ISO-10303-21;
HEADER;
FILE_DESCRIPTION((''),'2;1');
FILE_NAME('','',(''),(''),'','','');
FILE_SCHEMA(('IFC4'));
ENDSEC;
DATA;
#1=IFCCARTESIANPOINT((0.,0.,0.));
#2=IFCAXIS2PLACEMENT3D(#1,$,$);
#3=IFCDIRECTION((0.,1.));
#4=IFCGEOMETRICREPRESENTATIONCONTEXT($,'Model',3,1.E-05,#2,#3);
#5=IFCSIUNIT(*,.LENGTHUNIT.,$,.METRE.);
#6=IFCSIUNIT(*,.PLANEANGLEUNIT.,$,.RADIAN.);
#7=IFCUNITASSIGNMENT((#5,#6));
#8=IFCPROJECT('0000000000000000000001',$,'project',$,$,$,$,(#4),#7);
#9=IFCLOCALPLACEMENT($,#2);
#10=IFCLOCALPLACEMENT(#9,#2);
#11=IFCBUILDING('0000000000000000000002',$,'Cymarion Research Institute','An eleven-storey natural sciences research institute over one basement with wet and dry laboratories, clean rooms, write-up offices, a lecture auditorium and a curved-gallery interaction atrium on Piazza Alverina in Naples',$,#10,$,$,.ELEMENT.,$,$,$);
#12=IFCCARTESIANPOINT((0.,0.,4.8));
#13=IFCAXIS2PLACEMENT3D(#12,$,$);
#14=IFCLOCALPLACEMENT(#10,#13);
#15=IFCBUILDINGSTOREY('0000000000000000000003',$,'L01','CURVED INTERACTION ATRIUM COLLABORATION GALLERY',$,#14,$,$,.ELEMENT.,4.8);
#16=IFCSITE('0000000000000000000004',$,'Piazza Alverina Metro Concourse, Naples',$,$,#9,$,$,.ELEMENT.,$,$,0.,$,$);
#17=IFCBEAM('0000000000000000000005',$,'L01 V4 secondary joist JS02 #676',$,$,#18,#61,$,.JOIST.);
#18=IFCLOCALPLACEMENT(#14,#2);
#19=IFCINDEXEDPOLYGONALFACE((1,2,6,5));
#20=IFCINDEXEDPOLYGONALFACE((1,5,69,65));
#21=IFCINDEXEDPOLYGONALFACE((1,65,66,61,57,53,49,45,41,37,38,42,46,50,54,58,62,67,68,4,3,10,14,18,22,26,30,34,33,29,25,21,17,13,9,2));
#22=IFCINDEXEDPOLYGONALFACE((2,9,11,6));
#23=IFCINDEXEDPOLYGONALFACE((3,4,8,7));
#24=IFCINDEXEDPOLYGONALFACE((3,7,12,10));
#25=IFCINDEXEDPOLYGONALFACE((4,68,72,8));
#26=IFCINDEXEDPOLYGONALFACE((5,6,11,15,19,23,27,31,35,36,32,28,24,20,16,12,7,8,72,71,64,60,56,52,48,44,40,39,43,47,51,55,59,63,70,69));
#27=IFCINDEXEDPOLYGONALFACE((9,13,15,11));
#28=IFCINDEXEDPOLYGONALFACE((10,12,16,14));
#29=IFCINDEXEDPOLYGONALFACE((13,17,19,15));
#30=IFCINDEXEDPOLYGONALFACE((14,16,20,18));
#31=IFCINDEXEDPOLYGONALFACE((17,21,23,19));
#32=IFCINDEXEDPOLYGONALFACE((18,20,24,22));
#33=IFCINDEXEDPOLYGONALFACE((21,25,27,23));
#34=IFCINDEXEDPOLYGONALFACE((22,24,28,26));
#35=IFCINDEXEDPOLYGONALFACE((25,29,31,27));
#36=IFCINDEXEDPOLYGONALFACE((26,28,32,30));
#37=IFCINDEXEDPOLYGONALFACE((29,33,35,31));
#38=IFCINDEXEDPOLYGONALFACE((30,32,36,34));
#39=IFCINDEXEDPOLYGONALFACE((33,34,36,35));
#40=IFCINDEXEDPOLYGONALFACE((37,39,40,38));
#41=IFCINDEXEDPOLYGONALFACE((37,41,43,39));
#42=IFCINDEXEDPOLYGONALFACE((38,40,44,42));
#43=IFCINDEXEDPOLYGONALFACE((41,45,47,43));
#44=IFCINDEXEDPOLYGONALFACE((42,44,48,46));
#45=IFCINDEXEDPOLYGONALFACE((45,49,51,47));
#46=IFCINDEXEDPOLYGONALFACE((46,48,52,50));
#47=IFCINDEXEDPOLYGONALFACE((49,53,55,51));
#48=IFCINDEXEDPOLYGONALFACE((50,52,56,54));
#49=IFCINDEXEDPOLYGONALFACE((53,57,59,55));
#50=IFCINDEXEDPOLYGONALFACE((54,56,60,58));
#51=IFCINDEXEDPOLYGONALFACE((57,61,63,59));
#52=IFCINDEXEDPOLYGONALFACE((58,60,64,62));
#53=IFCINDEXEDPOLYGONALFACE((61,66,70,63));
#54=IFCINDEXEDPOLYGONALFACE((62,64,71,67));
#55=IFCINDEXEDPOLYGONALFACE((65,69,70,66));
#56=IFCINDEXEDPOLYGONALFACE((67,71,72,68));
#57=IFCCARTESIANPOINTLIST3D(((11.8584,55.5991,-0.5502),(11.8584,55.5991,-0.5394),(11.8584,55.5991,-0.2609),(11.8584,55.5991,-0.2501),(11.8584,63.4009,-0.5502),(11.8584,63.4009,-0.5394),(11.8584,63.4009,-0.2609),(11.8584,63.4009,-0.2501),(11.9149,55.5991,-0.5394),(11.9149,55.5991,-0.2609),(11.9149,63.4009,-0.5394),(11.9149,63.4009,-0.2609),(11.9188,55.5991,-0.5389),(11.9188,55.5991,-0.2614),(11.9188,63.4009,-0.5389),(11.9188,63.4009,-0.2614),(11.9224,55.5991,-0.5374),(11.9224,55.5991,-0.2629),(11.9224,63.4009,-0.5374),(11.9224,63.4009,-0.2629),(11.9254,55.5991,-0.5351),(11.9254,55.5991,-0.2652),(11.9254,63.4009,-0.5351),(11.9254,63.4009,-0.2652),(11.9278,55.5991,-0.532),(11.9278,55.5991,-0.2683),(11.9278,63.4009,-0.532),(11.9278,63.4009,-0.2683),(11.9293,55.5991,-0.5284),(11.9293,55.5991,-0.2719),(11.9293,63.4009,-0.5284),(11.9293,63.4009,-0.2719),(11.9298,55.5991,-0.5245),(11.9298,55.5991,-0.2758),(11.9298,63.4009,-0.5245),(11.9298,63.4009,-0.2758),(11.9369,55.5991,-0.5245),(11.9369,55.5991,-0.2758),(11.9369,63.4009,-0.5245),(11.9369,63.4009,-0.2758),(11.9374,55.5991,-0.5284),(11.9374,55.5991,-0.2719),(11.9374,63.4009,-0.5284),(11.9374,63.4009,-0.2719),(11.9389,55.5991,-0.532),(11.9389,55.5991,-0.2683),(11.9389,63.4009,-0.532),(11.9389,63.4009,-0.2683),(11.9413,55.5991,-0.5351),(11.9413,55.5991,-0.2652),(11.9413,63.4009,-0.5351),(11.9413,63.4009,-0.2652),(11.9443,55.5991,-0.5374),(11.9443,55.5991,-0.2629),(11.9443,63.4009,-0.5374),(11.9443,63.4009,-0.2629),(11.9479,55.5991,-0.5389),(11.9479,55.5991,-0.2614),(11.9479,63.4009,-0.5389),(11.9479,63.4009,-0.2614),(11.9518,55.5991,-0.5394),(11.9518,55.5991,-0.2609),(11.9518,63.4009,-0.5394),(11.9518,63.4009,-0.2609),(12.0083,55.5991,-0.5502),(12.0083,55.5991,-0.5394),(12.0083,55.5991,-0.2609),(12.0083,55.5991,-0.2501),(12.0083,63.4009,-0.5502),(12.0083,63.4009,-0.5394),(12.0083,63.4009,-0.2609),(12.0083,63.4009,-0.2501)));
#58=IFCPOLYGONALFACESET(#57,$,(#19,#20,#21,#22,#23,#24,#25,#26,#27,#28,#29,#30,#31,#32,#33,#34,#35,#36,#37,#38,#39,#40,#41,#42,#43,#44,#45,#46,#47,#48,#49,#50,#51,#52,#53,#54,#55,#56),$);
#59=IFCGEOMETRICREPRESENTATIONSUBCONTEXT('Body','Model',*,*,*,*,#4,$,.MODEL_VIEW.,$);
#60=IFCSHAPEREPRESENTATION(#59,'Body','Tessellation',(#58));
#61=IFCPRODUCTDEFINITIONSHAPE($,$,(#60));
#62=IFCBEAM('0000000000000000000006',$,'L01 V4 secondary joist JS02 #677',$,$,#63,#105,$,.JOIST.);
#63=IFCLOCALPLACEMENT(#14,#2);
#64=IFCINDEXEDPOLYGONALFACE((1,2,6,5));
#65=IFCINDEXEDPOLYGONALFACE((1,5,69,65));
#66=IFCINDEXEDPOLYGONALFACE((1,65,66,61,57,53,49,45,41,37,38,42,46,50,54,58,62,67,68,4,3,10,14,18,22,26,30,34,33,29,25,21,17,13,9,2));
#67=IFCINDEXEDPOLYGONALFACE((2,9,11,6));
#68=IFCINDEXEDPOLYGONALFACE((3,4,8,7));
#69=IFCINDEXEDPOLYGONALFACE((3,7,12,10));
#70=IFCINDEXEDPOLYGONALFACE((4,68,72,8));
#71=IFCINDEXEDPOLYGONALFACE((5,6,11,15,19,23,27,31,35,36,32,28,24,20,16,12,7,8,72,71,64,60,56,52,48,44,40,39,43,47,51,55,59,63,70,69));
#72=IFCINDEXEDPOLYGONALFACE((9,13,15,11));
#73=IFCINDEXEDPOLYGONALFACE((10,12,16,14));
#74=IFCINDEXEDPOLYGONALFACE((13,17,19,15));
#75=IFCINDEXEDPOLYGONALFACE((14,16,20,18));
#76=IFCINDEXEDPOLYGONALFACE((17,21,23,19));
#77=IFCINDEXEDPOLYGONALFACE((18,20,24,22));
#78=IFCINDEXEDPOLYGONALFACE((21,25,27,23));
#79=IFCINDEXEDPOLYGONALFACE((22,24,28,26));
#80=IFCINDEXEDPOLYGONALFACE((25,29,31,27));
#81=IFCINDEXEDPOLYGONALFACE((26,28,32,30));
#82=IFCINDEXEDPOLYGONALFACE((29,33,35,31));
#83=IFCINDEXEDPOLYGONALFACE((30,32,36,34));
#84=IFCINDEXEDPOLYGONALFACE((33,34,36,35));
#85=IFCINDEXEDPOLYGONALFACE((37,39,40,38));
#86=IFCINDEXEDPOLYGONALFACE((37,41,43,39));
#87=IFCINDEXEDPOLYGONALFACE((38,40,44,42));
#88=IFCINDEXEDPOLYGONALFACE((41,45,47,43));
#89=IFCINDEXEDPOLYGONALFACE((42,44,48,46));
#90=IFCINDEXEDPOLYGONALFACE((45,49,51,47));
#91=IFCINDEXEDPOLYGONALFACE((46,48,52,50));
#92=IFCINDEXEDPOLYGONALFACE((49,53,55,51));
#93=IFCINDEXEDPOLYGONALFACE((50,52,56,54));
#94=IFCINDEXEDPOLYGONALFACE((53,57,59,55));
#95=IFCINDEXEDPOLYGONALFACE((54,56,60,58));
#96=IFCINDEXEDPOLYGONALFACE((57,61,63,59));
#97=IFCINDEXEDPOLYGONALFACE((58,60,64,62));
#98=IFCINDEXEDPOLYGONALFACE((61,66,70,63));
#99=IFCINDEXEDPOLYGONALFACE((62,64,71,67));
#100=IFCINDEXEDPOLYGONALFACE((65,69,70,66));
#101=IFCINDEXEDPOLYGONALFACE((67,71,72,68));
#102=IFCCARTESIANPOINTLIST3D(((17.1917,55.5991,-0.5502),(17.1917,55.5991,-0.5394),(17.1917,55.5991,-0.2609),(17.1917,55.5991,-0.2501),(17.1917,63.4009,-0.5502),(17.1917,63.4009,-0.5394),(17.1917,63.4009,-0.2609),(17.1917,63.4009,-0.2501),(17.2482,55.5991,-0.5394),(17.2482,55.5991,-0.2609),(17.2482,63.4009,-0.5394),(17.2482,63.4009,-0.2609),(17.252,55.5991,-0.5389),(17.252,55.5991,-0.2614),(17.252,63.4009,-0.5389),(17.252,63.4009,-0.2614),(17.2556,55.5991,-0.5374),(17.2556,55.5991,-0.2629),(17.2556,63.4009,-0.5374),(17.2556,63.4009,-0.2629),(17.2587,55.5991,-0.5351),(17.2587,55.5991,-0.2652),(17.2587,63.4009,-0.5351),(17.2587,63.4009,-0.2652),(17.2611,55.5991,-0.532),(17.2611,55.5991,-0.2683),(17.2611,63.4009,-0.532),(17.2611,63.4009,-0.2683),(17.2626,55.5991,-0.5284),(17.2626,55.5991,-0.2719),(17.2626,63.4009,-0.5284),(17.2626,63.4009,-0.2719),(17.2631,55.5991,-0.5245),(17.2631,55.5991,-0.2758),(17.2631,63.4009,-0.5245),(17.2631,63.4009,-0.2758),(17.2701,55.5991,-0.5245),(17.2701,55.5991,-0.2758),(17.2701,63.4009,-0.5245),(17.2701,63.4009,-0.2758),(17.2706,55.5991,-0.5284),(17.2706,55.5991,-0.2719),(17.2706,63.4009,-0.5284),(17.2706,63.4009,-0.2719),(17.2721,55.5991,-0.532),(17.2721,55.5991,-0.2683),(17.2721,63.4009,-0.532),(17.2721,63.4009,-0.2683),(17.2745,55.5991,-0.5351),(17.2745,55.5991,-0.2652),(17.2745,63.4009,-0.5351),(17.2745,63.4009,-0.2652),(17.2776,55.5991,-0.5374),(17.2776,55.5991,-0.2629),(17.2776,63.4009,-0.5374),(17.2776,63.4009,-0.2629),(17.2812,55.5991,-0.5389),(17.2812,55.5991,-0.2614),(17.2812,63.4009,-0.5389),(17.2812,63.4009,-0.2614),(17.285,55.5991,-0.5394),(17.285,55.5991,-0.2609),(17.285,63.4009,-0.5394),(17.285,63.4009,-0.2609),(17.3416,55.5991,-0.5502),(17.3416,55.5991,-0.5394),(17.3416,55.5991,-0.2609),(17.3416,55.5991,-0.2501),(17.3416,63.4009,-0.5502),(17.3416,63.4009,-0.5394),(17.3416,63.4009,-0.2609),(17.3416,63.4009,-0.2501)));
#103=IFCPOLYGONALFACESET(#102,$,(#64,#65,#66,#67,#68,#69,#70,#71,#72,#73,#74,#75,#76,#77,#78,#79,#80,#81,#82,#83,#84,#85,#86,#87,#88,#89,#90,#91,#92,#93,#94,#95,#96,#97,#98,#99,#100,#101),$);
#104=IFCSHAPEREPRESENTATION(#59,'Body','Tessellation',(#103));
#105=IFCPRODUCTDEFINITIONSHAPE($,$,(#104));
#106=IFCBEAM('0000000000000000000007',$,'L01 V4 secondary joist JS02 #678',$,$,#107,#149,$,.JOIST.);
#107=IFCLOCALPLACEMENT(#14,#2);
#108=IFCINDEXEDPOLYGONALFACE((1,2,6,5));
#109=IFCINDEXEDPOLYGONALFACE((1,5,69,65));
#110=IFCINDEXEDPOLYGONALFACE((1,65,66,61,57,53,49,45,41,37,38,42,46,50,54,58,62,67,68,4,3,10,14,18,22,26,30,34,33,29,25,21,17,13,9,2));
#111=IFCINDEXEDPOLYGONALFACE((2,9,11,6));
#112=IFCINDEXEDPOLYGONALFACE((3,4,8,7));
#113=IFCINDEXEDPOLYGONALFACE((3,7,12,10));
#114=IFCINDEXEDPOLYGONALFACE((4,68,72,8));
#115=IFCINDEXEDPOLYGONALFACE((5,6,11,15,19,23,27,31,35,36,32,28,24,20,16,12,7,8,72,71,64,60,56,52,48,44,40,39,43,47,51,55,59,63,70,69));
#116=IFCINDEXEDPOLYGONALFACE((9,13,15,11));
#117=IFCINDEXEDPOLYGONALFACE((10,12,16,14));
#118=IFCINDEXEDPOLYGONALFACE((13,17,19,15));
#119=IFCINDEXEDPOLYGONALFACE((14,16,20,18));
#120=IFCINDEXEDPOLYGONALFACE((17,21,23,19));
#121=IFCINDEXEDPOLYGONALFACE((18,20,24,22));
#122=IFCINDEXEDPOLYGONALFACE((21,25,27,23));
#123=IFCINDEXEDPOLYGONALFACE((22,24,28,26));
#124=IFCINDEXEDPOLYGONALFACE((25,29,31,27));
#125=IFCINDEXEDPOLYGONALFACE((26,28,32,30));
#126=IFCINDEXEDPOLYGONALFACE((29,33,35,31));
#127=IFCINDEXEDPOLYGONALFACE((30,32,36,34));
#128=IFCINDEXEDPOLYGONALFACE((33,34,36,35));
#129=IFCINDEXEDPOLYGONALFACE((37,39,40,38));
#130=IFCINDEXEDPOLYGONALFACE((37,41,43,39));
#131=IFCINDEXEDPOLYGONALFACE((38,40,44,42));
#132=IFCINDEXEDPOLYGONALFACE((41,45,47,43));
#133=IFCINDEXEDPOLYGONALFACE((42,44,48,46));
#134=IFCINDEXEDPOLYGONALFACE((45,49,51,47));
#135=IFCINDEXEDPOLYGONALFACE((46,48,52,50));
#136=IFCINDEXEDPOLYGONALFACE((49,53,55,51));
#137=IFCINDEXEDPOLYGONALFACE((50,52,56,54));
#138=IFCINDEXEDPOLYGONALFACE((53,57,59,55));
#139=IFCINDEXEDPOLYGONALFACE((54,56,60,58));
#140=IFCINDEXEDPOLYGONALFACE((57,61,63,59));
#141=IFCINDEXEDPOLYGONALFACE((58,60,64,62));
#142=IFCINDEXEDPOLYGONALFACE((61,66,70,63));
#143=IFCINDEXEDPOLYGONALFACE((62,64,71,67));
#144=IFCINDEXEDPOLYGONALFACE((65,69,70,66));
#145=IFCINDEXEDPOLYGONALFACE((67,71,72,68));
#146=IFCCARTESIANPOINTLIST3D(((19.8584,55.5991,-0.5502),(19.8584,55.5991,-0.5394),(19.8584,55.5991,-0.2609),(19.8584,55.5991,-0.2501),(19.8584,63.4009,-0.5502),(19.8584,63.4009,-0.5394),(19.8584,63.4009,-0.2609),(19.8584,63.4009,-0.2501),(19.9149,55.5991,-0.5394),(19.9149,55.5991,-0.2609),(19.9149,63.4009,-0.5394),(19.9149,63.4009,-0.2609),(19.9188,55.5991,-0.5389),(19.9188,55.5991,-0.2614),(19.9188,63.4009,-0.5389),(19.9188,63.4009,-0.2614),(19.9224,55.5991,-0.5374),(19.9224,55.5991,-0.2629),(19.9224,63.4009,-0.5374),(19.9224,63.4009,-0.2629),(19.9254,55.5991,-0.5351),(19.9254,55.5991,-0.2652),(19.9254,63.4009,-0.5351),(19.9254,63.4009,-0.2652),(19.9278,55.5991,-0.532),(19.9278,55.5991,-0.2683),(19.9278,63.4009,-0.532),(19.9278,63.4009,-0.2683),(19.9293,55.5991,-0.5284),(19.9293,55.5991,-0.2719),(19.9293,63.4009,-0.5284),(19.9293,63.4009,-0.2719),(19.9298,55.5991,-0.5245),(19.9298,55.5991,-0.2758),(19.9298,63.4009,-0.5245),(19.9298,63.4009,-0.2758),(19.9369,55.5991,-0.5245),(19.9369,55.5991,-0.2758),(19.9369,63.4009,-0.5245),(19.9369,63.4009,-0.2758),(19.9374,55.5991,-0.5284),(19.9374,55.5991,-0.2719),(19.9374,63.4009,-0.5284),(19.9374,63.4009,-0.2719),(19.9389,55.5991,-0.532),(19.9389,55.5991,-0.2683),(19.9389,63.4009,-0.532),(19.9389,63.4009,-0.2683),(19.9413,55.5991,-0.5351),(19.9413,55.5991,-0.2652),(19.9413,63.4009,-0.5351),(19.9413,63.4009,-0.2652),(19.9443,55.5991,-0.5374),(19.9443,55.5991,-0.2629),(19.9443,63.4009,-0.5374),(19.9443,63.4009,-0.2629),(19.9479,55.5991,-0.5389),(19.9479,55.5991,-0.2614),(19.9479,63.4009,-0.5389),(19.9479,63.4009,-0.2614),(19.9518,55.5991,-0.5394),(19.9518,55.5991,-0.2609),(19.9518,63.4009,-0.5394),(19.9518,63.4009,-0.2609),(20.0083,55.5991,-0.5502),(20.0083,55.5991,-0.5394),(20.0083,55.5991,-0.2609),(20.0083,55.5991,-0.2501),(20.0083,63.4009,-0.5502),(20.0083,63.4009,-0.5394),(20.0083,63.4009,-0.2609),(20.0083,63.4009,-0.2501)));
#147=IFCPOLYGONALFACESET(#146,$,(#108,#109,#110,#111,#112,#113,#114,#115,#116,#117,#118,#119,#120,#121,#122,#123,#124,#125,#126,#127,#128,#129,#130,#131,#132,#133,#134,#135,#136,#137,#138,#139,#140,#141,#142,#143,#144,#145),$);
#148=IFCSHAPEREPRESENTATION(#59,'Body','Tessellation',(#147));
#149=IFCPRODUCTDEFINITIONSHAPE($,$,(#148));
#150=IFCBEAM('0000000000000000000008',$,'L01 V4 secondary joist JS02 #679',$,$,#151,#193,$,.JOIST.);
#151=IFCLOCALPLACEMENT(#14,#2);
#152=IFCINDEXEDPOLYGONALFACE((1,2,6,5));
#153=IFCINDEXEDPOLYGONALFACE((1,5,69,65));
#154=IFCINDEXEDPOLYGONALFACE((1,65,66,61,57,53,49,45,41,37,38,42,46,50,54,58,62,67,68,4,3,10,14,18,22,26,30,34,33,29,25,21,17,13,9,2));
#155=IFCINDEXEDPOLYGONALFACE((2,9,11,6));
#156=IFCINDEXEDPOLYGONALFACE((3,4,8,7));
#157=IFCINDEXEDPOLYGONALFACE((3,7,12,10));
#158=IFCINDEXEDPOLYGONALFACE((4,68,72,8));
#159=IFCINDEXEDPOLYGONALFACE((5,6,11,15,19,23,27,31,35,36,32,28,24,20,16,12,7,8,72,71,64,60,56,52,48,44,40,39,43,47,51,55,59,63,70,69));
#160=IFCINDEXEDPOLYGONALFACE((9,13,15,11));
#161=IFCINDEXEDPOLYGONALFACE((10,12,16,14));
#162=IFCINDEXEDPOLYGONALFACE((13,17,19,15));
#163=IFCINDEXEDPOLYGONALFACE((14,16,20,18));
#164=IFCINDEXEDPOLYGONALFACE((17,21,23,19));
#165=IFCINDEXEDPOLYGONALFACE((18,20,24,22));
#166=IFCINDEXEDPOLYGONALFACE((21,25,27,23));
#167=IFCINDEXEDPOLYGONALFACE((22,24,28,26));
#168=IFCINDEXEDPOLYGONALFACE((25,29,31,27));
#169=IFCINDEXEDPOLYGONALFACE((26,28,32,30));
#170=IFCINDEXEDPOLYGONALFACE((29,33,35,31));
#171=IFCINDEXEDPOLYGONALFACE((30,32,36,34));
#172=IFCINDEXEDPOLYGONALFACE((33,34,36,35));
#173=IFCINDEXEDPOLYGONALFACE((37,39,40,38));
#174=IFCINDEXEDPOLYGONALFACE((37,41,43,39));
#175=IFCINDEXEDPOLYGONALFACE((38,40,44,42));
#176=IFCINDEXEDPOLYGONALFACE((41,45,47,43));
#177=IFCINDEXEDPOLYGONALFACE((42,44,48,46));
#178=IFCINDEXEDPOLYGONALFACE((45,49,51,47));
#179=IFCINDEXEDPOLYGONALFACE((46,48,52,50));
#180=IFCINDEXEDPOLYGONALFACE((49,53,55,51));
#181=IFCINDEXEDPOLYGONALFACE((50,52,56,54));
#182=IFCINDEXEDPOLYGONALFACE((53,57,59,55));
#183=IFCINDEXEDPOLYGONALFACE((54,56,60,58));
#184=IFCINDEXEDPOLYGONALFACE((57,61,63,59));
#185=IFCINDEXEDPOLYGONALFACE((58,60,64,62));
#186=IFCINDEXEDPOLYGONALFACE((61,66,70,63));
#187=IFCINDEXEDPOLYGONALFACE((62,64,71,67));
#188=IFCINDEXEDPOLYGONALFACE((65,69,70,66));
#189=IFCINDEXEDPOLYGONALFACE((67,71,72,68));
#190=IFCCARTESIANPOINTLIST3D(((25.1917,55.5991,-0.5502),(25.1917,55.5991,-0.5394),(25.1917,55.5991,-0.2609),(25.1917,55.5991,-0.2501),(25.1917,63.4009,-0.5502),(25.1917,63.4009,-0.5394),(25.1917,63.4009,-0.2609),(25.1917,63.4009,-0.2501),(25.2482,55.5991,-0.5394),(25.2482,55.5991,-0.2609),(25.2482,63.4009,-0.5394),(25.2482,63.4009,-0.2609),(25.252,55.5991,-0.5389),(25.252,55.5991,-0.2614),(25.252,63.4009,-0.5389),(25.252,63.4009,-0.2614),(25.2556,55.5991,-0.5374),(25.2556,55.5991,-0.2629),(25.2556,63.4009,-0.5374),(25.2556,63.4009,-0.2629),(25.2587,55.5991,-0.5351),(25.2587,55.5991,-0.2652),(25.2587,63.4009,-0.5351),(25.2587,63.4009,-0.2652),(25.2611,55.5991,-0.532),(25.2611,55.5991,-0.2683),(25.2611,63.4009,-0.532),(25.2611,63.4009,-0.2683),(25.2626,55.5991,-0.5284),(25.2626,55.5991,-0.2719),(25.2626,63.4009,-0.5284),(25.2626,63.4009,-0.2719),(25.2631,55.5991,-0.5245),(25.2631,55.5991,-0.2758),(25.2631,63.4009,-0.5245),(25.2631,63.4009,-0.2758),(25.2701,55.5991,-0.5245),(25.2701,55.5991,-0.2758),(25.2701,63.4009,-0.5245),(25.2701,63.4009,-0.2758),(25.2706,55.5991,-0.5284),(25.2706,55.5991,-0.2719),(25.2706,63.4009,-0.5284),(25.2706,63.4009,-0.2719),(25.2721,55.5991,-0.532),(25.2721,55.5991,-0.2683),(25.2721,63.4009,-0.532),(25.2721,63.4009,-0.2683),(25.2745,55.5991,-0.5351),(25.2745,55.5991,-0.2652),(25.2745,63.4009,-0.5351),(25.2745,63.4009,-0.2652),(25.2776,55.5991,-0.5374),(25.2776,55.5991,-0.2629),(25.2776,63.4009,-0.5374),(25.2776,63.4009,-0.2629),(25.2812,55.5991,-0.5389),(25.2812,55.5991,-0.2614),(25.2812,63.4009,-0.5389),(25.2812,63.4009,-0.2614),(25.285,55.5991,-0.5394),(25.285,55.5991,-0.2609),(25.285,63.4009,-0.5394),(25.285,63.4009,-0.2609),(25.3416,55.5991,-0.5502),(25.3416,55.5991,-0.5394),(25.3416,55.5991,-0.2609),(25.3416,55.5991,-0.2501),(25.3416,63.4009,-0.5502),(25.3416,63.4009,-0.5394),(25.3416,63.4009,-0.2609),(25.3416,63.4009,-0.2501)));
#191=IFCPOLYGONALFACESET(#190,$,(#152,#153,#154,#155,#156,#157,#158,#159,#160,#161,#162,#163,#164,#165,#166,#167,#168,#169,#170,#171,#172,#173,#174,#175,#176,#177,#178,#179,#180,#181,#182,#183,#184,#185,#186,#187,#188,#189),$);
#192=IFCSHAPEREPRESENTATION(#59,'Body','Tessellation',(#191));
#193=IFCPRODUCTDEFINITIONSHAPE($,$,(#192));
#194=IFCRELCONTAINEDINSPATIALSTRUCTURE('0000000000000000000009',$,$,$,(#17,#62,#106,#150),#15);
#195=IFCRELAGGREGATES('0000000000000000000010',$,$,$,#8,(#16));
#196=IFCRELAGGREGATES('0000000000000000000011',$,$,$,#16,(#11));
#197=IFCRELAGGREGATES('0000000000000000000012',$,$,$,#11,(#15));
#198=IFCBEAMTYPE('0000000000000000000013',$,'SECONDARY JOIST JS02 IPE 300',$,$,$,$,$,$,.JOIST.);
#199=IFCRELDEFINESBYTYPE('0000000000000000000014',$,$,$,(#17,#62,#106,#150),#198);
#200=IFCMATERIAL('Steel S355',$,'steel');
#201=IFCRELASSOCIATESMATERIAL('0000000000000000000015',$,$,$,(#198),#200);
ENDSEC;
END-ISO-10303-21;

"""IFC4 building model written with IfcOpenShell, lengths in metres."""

from ifc_helpers import new_model, si_unit, direction, frame, origin, origin_2d, place, context, subcontext, project, spatial, i_section, extrude, material, material_profile, profile_set, type_object, element, save


model = new_model("IFC4")

# Units and contexts
model_context = context("Model", 3, precision=1e-05, world=origin(), true_north=direction((0.0, 1.0)))
body_context = subcontext(model_context, "Body", "Model", "MODEL_VIEW")
ifc_project = project(units=[si_unit("LENGTHUNIT", "METRE"), si_unit("PLANEANGLEUNIT", "RADIAN")], contexts=[model_context])

# Site, building, storey
site_placement = place(None, origin())
site = spatial("IfcSite", under=ifc_project, at=site_placement, Name="Piazza Alverina Metro Concourse, Naples", CompositionType="ELEMENT", RefElevation=0.0)
building_placement = place(site_placement, origin())
building = spatial("IfcBuilding", under=site, at=building_placement, Name="Cymarion Research Institute", Description="An eleven-storey natural sciences research institute over one basement with wet and dry laboratories, clean rooms, write-up offices, a lecture auditorium and a curved-gallery interaction atrium on Piazza Alverina in Naples", CompositionType="ELEMENT")
storey_placement = place(building_placement, frame((0.0, 0.0, 4.8)))
storey = spatial("IfcBuildingStorey", under=building, at=storey_placement, Name="L01", Description="CURVED INTERACTION ATRIUM COLLABORATION GALLERY", CompositionType="ELEMENT", Elevation=4.8)

# Shared definitions
ifc_material_1 = material(Name="Steel S355", Category="steel")

# Beams
ifc_material_profile_1 = material_profile(ifc_material_1, i_section(OverallWidth=0.1499, OverallDepth=0.3, WebThickness=0.0071, FlangeThickness=0.0107, FilletRadius=0.0149, at=origin_2d()), Name="IPE 300")
ifc_profile_set_1 = profile_set([ifc_material_profile_1], Name="Steel S355")
beam_type_1 = type_object("IfcBeamType", Name="SECONDARY JOIST JS02 IPE 300", PredefinedType="JOIST", material=ifc_profile_set_1)
for number, where, z_axis, x_axis, name in (
    (1, (11.9333, 55.5991, -0.4001), (0.0, 1.0, 0.0), (-1.0, 0.0, 0.0), "L01 V4 secondary joist JS02 #676"),
    (2, (17.2666, 55.5991, -0.4001), (0.0, 1.0, 0.0), (-1.0, 0.0, 0.0), "L01 V4 secondary joist JS02 #677"),
    (3, (19.9333, 55.5991, -0.4001), (0.0, 1.0, 0.0), (-1.0, 0.0, 0.0), "L01 V4 secondary joist JS02 #678"),
    (4, (25.2666, 55.5991, -0.4001), (0.0, 1.0, 0.0), (-1.0, 0.0, 0.0), "L01 V4 secondary joist JS02 #679"),
):
    element("IfcBeam", number, at=place(storey_placement, frame(where, z_axis=z_axis, x_axis=x_axis)), inside=storey, type_object=beam_type_1, Name=name, PredefinedType="JOIST", context=body_context, shape_type="SweptSolid", body=[
        extrude(i_section(OverallWidth=0.1499, OverallDepth=0.3, WebThickness=0.0071, FlangeThickness=0.0107, FilletRadius=0.0149, at=origin_2d()), origin(), (0.0, 0.0, 1.0), 7.8018),
    ])

save(model, "model.ifc")
